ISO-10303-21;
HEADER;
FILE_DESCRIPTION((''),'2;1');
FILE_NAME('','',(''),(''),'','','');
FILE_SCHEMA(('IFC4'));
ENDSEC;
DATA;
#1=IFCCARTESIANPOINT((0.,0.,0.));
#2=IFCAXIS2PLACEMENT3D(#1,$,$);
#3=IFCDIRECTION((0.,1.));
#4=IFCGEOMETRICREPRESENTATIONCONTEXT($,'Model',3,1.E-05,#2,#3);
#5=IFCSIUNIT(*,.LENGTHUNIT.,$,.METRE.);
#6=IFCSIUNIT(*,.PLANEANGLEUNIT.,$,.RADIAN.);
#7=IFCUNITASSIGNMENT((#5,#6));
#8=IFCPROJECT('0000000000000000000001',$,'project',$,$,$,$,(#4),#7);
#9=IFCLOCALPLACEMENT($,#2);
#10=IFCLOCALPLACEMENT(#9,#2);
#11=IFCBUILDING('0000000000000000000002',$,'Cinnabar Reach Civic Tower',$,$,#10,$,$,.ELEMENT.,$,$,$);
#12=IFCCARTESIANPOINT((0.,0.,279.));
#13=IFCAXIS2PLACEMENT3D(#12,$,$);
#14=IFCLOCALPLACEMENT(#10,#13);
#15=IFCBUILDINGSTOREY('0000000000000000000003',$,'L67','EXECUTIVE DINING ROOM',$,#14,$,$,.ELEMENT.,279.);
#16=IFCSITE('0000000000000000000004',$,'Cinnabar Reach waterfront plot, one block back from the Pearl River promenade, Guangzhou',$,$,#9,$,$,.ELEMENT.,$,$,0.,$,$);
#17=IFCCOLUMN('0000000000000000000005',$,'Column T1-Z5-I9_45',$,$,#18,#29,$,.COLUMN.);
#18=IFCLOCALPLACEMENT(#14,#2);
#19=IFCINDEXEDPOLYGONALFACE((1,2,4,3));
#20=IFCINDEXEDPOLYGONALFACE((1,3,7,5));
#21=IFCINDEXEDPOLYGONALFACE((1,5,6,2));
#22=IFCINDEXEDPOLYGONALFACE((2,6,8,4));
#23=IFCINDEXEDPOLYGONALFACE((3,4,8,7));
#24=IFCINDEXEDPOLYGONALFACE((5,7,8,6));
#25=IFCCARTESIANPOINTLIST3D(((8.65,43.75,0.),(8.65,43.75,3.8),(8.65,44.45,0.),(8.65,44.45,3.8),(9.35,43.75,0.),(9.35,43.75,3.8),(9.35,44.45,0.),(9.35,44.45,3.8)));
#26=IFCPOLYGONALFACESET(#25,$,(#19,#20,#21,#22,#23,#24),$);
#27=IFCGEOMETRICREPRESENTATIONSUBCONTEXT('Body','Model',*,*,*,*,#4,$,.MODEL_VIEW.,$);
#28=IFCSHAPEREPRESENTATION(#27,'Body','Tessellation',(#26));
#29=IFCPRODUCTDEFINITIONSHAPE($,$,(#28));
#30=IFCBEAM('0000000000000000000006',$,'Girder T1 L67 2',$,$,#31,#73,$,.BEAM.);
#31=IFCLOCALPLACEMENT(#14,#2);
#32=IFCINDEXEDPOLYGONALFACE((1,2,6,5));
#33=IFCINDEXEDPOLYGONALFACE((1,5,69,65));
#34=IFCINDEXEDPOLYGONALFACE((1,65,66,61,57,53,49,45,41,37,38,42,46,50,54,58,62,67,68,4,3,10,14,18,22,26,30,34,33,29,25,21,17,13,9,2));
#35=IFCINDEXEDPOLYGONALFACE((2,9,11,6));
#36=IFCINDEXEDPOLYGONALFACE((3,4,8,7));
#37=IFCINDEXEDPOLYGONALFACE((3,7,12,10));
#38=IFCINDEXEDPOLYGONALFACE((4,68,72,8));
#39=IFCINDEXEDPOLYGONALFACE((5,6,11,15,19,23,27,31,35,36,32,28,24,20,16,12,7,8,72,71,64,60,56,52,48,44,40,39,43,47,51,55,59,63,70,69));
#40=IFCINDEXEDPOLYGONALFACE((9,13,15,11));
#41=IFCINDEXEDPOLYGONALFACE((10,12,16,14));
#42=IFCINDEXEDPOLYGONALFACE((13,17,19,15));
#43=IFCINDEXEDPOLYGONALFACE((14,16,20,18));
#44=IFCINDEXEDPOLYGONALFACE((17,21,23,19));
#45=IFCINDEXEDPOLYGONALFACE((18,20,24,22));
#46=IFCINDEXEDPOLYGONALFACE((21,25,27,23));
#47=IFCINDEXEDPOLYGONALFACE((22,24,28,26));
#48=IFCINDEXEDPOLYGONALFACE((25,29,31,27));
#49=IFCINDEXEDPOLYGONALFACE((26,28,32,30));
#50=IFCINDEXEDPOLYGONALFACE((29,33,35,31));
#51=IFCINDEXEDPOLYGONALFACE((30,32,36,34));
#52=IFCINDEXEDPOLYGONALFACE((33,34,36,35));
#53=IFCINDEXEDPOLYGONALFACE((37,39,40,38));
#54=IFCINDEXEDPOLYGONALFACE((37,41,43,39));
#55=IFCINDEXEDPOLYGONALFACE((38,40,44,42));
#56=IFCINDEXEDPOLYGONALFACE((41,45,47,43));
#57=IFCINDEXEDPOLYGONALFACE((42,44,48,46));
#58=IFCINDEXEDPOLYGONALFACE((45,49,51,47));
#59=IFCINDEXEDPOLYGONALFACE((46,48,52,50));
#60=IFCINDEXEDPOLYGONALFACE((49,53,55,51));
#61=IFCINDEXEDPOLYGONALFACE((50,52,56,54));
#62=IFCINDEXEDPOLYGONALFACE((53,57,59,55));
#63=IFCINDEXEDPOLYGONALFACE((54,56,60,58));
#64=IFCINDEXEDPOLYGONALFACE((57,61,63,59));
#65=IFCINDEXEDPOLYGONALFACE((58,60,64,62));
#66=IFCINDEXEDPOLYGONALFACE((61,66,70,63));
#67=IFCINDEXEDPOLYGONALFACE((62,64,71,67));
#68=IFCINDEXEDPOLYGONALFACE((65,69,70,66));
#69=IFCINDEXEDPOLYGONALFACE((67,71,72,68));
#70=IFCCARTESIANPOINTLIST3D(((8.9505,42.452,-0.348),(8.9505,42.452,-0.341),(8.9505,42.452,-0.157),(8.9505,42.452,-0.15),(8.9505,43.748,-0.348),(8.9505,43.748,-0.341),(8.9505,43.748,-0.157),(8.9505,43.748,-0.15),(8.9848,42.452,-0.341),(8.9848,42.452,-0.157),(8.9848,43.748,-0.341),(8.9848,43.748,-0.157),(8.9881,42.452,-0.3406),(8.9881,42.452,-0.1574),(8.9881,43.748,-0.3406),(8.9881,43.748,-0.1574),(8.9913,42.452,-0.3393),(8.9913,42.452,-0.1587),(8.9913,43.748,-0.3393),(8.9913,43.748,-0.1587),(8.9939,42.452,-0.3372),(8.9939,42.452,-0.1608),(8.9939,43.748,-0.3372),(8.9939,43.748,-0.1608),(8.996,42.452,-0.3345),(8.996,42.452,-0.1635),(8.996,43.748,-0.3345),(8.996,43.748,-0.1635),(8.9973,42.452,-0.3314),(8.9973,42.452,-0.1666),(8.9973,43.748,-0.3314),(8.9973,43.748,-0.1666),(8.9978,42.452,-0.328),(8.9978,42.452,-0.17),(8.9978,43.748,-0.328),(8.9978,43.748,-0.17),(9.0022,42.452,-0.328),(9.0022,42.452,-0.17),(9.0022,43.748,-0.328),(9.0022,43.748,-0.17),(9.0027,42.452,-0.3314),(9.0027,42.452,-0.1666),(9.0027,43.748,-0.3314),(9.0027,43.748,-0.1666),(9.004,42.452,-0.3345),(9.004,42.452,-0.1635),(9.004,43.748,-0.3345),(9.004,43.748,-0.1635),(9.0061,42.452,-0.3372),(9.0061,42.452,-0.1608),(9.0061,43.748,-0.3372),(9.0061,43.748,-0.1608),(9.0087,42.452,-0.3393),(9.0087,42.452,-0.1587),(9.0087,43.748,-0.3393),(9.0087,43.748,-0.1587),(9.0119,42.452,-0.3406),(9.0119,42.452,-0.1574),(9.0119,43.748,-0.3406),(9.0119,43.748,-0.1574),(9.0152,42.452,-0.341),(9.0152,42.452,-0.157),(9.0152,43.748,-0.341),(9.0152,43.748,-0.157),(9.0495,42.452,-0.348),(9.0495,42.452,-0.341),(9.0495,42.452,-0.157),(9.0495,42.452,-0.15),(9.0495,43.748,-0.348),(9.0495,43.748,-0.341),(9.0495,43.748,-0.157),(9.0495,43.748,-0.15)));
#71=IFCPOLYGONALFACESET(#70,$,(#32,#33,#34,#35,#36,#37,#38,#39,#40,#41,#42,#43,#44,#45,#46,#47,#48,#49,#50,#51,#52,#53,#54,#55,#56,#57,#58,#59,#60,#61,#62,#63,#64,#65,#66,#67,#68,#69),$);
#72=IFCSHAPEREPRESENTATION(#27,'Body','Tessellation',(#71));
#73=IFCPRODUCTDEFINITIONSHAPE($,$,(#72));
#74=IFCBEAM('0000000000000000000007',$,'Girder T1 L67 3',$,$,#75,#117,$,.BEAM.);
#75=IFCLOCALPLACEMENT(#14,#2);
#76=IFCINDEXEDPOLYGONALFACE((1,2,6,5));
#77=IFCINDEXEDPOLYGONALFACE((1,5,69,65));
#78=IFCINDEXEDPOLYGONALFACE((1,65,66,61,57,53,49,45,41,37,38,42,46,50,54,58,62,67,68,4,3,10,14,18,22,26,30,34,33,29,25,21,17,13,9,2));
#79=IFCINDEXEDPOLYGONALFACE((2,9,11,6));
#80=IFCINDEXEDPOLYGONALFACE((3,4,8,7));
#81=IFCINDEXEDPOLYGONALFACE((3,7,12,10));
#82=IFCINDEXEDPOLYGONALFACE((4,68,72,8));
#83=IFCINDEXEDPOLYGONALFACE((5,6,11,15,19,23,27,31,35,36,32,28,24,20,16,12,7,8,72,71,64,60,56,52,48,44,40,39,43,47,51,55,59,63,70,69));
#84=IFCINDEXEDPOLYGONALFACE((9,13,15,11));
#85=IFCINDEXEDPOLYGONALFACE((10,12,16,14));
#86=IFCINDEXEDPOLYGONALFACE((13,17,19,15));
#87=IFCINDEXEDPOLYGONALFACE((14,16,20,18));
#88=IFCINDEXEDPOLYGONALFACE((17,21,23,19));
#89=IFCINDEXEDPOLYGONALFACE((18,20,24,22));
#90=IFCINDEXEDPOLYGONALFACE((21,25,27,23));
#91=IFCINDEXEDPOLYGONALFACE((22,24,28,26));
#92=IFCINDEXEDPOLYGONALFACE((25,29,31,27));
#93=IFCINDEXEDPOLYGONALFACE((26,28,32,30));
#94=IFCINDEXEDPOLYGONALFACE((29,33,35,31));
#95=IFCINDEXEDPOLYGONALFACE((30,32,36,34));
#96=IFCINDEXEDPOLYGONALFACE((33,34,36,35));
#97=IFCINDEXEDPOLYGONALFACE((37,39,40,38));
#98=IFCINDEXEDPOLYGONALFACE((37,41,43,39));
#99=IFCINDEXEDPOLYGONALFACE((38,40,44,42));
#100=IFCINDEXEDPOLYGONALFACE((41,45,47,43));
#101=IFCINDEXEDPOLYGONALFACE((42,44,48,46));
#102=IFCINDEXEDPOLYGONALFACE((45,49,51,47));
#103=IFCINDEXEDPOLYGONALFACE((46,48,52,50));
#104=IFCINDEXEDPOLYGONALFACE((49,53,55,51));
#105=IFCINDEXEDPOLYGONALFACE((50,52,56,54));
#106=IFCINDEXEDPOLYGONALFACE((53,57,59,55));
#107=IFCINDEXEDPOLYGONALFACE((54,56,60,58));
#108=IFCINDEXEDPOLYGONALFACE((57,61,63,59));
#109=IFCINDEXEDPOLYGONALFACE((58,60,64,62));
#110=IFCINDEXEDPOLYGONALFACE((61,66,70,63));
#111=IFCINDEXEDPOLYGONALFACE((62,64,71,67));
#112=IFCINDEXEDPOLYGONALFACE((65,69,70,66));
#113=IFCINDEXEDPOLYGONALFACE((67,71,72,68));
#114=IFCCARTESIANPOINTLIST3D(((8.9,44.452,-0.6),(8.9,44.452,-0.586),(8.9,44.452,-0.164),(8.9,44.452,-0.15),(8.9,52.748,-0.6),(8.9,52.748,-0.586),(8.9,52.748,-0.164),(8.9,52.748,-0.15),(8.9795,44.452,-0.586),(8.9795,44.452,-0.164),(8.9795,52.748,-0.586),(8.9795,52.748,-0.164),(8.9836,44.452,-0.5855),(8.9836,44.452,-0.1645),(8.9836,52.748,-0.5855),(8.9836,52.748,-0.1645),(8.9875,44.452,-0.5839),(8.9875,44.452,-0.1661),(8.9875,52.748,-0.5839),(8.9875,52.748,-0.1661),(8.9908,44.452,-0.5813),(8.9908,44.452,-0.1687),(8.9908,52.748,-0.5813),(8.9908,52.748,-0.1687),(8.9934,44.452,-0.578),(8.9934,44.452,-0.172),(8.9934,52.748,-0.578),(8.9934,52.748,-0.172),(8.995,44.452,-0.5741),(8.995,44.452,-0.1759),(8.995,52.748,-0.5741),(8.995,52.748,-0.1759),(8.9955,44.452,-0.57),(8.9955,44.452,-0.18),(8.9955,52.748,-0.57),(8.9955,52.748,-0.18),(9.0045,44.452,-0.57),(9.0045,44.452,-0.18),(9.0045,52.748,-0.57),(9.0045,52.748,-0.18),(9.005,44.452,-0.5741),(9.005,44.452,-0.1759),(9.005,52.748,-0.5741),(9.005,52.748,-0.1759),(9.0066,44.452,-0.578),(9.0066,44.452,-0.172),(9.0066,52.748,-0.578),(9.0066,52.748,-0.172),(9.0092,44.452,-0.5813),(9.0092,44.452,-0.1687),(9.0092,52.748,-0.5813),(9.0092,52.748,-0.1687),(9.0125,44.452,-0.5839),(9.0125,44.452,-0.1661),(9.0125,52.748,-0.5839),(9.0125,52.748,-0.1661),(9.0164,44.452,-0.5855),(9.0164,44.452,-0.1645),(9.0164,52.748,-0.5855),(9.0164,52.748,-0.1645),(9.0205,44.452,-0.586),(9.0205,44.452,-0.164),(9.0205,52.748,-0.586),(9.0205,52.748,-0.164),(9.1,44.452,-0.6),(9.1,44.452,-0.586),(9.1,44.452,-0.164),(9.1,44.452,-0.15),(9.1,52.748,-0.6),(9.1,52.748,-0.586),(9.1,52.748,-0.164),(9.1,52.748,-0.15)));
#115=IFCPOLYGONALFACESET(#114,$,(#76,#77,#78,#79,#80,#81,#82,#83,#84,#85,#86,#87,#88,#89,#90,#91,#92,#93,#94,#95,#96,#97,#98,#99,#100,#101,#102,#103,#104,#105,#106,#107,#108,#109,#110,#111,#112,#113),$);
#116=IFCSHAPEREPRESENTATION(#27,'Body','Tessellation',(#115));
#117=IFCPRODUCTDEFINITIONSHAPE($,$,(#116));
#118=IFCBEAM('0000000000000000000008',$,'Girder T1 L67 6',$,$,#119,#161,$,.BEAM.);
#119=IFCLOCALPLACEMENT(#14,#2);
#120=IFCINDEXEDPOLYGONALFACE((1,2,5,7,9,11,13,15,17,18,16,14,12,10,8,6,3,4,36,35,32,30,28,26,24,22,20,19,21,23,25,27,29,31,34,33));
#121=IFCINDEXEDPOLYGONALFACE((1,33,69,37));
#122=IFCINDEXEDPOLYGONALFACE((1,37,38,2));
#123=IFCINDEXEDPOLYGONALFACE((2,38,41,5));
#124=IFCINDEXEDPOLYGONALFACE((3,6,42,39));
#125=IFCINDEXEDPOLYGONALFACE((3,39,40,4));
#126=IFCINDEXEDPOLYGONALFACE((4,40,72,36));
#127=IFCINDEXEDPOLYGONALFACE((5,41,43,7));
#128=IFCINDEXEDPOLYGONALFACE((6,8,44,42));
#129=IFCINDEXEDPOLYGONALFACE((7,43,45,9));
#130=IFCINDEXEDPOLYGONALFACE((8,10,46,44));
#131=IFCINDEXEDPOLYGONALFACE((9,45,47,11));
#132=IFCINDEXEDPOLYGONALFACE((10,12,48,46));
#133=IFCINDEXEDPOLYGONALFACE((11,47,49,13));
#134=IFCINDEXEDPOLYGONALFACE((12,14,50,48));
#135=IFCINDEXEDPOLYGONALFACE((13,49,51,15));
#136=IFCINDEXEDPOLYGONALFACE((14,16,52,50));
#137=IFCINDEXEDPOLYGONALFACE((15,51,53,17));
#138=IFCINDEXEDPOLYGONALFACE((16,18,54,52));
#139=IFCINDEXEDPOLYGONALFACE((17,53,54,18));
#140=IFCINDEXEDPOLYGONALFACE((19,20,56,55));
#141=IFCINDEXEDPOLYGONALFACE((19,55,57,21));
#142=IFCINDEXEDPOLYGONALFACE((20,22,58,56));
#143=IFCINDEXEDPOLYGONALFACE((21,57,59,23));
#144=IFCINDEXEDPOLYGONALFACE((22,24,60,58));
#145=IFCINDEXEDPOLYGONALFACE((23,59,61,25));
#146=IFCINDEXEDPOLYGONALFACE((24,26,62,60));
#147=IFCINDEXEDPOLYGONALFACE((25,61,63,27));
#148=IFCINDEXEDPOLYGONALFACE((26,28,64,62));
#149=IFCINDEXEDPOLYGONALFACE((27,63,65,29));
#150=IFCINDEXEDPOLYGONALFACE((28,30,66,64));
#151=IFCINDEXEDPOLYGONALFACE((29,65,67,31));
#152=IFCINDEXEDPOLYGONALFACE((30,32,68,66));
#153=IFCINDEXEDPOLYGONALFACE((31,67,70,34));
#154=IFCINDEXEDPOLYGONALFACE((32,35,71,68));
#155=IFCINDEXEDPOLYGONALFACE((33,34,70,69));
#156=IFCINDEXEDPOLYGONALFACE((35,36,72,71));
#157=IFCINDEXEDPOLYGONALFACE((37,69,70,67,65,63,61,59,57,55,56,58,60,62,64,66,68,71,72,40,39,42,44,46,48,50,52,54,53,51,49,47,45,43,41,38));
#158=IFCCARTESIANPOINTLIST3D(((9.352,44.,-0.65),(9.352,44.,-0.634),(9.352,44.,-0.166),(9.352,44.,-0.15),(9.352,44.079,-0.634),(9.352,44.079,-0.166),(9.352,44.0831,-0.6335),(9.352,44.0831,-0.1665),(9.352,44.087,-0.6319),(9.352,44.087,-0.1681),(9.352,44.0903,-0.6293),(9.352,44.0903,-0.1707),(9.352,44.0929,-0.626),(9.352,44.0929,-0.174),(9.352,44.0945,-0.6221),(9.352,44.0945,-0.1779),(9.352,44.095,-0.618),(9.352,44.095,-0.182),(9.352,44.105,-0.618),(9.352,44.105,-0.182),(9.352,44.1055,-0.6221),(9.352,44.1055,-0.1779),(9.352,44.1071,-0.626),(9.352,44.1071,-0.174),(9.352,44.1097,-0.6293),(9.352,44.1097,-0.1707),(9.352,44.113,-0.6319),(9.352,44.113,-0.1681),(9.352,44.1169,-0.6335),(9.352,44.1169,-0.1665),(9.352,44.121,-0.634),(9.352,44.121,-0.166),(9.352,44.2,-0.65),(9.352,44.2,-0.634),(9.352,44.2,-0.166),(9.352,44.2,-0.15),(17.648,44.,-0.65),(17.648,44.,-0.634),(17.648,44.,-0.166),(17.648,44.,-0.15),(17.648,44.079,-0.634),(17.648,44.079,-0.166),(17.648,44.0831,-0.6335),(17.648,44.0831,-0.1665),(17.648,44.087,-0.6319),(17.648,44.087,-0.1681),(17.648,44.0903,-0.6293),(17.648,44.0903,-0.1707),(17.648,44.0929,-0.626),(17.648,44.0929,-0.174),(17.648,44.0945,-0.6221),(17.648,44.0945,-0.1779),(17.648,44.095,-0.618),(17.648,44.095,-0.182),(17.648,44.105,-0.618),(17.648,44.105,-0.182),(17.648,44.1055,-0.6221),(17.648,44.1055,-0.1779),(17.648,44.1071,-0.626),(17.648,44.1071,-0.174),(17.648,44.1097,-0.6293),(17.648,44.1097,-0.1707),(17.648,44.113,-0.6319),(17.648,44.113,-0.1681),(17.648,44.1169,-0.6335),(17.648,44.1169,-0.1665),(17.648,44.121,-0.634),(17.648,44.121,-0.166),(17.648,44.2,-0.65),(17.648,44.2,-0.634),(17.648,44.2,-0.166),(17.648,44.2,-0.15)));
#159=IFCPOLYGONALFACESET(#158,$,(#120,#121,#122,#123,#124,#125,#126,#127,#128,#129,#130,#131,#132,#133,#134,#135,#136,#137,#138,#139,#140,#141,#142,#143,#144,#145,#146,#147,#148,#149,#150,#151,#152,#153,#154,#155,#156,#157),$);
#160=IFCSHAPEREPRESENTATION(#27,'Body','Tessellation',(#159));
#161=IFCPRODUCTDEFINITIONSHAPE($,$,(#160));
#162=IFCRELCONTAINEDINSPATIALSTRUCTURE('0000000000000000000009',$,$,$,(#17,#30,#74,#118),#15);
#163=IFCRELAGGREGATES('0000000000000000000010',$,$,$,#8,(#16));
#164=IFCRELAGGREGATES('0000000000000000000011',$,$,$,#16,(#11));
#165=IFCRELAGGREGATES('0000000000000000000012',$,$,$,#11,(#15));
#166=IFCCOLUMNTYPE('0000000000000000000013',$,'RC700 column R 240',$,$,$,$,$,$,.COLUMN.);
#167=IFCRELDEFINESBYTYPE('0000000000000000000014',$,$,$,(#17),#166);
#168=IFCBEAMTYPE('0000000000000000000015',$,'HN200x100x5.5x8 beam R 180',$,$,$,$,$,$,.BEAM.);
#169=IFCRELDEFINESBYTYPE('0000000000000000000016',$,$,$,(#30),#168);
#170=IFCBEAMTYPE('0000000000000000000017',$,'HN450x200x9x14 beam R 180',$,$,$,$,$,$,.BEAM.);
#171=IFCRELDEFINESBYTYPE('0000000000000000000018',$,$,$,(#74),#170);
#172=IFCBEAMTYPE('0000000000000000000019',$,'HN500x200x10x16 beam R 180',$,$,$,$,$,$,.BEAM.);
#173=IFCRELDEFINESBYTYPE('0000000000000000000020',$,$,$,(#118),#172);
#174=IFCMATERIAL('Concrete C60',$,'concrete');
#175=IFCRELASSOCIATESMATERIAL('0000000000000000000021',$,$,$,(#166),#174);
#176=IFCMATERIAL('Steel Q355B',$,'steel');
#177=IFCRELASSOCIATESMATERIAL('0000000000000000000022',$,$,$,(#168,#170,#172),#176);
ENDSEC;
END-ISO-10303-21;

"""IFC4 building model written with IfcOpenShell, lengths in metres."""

from ifc_helpers import new_model, si_unit, direction, frame, origin, origin_2d, place, context, subcontext, project, spatial, rectangle, i_section, extrude, material, material_profile, profile_set, type_object, element, save


model = new_model("IFC4")

# Units and contexts
model_context = context("Model", 3, precision=1e-05, world=origin(), true_north=direction((0.0, 1.0)))
body_context = subcontext(model_context, "Body", "Model", "MODEL_VIEW")
ifc_project = project(units=[si_unit("LENGTHUNIT", "METRE"), si_unit("PLANEANGLEUNIT", "RADIAN")], contexts=[model_context])

# Site, building, storey
site_placement = place(None, origin())
site = spatial("IfcSite", under=ifc_project, at=site_placement, Name="Cinnabar Reach waterfront plot, one block back from the Pearl River promenade, Guangzhou", CompositionType="ELEMENT", RefElevation=0.0)
building_placement = place(site_placement, origin())
building = spatial("IfcBuilding", under=site, at=building_placement, Name="Cinnabar Reach Civic Tower", CompositionType="ELEMENT")
storey_placement = place(building_placement, frame((0.0, 0.0, 279.0)))
storey = spatial("IfcBuildingStorey", under=building, at=storey_placement, Name="L67", Description="EXECUTIVE DINING ROOM", CompositionType="ELEMENT", Elevation=279.0)

# Column
ifc_material_1 = material(Name="Concrete C60", Category="concrete")
ifc_material_profile_1 = material_profile(ifc_material_1, rectangle(XDim=0.7, YDim=0.7, at=origin_2d()), Name="RC700")
ifc_profile_set_1 = profile_set([ifc_material_profile_1], Name="Concrete C60")
column_type = type_object("IfcColumnType", Name="RC700 column R 240", PredefinedType="COLUMN", material=ifc_profile_set_1)
column_placement = place(storey_placement, frame((9.0, 44.1, 0.0), z_axis=(0.0, 0.0, 1.0), x_axis=(1.0, 0.0, 0.0)))
element("IfcColumn", 1, at=column_placement, inside=storey, type_object=column_type, Name="Column T1-Z5-I9_45", PredefinedType="COLUMN", context=body_context, shape_type="SweptSolid", body=[
    extrude(rectangle(XDim=0.7, YDim=0.7, at=origin_2d()), origin(), (0.0, 0.0, 1.0), 3.8),
])

# Beams
ifc_material_2 = material(Name="Steel Q355B", Category="steel")
ifc_material_profile_2 = material_profile(ifc_material_2, i_section(OverallWidth=0.099, OverallDepth=0.198, WebThickness=0.0045, FlangeThickness=0.007, FilletRadius=0.013, at=origin_2d()), Name="HN200x100x5.5x8")
ifc_profile_set_2 = profile_set([ifc_material_profile_2], Name="Steel Q355B")
beam_type_1 = type_object("IfcBeamType", Name="HN200x100x5.5x8 beam R 180", PredefinedType="BEAM", material=ifc_profile_set_2)
beam_1_placement = place(storey_placement, frame((9.0, 42.452, -0.249), z_axis=(0.0, 1.0, 0.0), x_axis=(-1.0, 0.0, 0.0)))
element("IfcBeam", 2, at=beam_1_placement, inside=storey, type_object=beam_type_1, Name="Girder T1 L67 2", PredefinedType="BEAM", context=body_context, shape_type="SweptSolid", body=[
    extrude(i_section(OverallWidth=0.099, OverallDepth=0.198, WebThickness=0.0045, FlangeThickness=0.007, FilletRadius=0.013, at=origin_2d()), origin(), (0.0, 0.0, 1.0), 1.296),
])
ifc_material_profile_3 = material_profile(ifc_material_2, i_section(OverallWidth=0.2, OverallDepth=0.45, WebThickness=0.009, FlangeThickness=0.014, FilletRadius=0.016, at=origin_2d()), Name="HN450x200x9x14")
ifc_profile_set_3 = profile_set([ifc_material_profile_3], Name="Steel Q355B")
beam_type_2 = type_object("IfcBeamType", Name="HN450x200x9x14 beam R 180", PredefinedType="BEAM", material=ifc_profile_set_3)
beam_2_placement = place(storey_placement, frame((9.0, 44.452, -0.375), z_axis=(0.0, 1.0, 0.0), x_axis=(-1.0, 0.0, 0.0)))
element("IfcBeam", 3, at=beam_2_placement, inside=storey, type_object=beam_type_2, Name="Girder T1 L67 3", PredefinedType="BEAM", context=body_context, shape_type="SweptSolid", body=[
    extrude(i_section(OverallWidth=0.2, OverallDepth=0.45, WebThickness=0.009, FlangeThickness=0.014, FilletRadius=0.016, at=origin_2d()), origin(), (0.0, 0.0, 1.0), 8.296),
])
ifc_material_profile_4 = material_profile(ifc_material_2, i_section(OverallWidth=0.2, OverallDepth=0.5, WebThickness=0.01, FlangeThickness=0.016, FilletRadius=0.016, at=origin_2d()), Name="HN500x200x10x16")
ifc_profile_set_4 = profile_set([ifc_material_profile_4], Name="Steel Q355B")
beam_type_3 = type_object("IfcBeamType", Name="HN500x200x10x16 beam R 180", PredefinedType="BEAM", material=ifc_profile_set_4)
beam_3_placement = place(storey_placement, frame((9.352, 44.1, -0.4), z_axis=(1.0, 0.0, 0.0), x_axis=(0.0, 1.0, 0.0)))
element("IfcBeam", 4, at=beam_3_placement, inside=storey, type_object=beam_type_3, Name="Girder T1 L67 6", PredefinedType="BEAM", context=body_context, shape_type="SweptSolid", body=[
    extrude(i_section(OverallWidth=0.2, OverallDepth=0.5, WebThickness=0.01, FlangeThickness=0.016, FilletRadius=0.016, at=origin_2d()), origin(), (0.0, 0.0, 1.0), 8.296),
])

save(model, "model.ifc")
